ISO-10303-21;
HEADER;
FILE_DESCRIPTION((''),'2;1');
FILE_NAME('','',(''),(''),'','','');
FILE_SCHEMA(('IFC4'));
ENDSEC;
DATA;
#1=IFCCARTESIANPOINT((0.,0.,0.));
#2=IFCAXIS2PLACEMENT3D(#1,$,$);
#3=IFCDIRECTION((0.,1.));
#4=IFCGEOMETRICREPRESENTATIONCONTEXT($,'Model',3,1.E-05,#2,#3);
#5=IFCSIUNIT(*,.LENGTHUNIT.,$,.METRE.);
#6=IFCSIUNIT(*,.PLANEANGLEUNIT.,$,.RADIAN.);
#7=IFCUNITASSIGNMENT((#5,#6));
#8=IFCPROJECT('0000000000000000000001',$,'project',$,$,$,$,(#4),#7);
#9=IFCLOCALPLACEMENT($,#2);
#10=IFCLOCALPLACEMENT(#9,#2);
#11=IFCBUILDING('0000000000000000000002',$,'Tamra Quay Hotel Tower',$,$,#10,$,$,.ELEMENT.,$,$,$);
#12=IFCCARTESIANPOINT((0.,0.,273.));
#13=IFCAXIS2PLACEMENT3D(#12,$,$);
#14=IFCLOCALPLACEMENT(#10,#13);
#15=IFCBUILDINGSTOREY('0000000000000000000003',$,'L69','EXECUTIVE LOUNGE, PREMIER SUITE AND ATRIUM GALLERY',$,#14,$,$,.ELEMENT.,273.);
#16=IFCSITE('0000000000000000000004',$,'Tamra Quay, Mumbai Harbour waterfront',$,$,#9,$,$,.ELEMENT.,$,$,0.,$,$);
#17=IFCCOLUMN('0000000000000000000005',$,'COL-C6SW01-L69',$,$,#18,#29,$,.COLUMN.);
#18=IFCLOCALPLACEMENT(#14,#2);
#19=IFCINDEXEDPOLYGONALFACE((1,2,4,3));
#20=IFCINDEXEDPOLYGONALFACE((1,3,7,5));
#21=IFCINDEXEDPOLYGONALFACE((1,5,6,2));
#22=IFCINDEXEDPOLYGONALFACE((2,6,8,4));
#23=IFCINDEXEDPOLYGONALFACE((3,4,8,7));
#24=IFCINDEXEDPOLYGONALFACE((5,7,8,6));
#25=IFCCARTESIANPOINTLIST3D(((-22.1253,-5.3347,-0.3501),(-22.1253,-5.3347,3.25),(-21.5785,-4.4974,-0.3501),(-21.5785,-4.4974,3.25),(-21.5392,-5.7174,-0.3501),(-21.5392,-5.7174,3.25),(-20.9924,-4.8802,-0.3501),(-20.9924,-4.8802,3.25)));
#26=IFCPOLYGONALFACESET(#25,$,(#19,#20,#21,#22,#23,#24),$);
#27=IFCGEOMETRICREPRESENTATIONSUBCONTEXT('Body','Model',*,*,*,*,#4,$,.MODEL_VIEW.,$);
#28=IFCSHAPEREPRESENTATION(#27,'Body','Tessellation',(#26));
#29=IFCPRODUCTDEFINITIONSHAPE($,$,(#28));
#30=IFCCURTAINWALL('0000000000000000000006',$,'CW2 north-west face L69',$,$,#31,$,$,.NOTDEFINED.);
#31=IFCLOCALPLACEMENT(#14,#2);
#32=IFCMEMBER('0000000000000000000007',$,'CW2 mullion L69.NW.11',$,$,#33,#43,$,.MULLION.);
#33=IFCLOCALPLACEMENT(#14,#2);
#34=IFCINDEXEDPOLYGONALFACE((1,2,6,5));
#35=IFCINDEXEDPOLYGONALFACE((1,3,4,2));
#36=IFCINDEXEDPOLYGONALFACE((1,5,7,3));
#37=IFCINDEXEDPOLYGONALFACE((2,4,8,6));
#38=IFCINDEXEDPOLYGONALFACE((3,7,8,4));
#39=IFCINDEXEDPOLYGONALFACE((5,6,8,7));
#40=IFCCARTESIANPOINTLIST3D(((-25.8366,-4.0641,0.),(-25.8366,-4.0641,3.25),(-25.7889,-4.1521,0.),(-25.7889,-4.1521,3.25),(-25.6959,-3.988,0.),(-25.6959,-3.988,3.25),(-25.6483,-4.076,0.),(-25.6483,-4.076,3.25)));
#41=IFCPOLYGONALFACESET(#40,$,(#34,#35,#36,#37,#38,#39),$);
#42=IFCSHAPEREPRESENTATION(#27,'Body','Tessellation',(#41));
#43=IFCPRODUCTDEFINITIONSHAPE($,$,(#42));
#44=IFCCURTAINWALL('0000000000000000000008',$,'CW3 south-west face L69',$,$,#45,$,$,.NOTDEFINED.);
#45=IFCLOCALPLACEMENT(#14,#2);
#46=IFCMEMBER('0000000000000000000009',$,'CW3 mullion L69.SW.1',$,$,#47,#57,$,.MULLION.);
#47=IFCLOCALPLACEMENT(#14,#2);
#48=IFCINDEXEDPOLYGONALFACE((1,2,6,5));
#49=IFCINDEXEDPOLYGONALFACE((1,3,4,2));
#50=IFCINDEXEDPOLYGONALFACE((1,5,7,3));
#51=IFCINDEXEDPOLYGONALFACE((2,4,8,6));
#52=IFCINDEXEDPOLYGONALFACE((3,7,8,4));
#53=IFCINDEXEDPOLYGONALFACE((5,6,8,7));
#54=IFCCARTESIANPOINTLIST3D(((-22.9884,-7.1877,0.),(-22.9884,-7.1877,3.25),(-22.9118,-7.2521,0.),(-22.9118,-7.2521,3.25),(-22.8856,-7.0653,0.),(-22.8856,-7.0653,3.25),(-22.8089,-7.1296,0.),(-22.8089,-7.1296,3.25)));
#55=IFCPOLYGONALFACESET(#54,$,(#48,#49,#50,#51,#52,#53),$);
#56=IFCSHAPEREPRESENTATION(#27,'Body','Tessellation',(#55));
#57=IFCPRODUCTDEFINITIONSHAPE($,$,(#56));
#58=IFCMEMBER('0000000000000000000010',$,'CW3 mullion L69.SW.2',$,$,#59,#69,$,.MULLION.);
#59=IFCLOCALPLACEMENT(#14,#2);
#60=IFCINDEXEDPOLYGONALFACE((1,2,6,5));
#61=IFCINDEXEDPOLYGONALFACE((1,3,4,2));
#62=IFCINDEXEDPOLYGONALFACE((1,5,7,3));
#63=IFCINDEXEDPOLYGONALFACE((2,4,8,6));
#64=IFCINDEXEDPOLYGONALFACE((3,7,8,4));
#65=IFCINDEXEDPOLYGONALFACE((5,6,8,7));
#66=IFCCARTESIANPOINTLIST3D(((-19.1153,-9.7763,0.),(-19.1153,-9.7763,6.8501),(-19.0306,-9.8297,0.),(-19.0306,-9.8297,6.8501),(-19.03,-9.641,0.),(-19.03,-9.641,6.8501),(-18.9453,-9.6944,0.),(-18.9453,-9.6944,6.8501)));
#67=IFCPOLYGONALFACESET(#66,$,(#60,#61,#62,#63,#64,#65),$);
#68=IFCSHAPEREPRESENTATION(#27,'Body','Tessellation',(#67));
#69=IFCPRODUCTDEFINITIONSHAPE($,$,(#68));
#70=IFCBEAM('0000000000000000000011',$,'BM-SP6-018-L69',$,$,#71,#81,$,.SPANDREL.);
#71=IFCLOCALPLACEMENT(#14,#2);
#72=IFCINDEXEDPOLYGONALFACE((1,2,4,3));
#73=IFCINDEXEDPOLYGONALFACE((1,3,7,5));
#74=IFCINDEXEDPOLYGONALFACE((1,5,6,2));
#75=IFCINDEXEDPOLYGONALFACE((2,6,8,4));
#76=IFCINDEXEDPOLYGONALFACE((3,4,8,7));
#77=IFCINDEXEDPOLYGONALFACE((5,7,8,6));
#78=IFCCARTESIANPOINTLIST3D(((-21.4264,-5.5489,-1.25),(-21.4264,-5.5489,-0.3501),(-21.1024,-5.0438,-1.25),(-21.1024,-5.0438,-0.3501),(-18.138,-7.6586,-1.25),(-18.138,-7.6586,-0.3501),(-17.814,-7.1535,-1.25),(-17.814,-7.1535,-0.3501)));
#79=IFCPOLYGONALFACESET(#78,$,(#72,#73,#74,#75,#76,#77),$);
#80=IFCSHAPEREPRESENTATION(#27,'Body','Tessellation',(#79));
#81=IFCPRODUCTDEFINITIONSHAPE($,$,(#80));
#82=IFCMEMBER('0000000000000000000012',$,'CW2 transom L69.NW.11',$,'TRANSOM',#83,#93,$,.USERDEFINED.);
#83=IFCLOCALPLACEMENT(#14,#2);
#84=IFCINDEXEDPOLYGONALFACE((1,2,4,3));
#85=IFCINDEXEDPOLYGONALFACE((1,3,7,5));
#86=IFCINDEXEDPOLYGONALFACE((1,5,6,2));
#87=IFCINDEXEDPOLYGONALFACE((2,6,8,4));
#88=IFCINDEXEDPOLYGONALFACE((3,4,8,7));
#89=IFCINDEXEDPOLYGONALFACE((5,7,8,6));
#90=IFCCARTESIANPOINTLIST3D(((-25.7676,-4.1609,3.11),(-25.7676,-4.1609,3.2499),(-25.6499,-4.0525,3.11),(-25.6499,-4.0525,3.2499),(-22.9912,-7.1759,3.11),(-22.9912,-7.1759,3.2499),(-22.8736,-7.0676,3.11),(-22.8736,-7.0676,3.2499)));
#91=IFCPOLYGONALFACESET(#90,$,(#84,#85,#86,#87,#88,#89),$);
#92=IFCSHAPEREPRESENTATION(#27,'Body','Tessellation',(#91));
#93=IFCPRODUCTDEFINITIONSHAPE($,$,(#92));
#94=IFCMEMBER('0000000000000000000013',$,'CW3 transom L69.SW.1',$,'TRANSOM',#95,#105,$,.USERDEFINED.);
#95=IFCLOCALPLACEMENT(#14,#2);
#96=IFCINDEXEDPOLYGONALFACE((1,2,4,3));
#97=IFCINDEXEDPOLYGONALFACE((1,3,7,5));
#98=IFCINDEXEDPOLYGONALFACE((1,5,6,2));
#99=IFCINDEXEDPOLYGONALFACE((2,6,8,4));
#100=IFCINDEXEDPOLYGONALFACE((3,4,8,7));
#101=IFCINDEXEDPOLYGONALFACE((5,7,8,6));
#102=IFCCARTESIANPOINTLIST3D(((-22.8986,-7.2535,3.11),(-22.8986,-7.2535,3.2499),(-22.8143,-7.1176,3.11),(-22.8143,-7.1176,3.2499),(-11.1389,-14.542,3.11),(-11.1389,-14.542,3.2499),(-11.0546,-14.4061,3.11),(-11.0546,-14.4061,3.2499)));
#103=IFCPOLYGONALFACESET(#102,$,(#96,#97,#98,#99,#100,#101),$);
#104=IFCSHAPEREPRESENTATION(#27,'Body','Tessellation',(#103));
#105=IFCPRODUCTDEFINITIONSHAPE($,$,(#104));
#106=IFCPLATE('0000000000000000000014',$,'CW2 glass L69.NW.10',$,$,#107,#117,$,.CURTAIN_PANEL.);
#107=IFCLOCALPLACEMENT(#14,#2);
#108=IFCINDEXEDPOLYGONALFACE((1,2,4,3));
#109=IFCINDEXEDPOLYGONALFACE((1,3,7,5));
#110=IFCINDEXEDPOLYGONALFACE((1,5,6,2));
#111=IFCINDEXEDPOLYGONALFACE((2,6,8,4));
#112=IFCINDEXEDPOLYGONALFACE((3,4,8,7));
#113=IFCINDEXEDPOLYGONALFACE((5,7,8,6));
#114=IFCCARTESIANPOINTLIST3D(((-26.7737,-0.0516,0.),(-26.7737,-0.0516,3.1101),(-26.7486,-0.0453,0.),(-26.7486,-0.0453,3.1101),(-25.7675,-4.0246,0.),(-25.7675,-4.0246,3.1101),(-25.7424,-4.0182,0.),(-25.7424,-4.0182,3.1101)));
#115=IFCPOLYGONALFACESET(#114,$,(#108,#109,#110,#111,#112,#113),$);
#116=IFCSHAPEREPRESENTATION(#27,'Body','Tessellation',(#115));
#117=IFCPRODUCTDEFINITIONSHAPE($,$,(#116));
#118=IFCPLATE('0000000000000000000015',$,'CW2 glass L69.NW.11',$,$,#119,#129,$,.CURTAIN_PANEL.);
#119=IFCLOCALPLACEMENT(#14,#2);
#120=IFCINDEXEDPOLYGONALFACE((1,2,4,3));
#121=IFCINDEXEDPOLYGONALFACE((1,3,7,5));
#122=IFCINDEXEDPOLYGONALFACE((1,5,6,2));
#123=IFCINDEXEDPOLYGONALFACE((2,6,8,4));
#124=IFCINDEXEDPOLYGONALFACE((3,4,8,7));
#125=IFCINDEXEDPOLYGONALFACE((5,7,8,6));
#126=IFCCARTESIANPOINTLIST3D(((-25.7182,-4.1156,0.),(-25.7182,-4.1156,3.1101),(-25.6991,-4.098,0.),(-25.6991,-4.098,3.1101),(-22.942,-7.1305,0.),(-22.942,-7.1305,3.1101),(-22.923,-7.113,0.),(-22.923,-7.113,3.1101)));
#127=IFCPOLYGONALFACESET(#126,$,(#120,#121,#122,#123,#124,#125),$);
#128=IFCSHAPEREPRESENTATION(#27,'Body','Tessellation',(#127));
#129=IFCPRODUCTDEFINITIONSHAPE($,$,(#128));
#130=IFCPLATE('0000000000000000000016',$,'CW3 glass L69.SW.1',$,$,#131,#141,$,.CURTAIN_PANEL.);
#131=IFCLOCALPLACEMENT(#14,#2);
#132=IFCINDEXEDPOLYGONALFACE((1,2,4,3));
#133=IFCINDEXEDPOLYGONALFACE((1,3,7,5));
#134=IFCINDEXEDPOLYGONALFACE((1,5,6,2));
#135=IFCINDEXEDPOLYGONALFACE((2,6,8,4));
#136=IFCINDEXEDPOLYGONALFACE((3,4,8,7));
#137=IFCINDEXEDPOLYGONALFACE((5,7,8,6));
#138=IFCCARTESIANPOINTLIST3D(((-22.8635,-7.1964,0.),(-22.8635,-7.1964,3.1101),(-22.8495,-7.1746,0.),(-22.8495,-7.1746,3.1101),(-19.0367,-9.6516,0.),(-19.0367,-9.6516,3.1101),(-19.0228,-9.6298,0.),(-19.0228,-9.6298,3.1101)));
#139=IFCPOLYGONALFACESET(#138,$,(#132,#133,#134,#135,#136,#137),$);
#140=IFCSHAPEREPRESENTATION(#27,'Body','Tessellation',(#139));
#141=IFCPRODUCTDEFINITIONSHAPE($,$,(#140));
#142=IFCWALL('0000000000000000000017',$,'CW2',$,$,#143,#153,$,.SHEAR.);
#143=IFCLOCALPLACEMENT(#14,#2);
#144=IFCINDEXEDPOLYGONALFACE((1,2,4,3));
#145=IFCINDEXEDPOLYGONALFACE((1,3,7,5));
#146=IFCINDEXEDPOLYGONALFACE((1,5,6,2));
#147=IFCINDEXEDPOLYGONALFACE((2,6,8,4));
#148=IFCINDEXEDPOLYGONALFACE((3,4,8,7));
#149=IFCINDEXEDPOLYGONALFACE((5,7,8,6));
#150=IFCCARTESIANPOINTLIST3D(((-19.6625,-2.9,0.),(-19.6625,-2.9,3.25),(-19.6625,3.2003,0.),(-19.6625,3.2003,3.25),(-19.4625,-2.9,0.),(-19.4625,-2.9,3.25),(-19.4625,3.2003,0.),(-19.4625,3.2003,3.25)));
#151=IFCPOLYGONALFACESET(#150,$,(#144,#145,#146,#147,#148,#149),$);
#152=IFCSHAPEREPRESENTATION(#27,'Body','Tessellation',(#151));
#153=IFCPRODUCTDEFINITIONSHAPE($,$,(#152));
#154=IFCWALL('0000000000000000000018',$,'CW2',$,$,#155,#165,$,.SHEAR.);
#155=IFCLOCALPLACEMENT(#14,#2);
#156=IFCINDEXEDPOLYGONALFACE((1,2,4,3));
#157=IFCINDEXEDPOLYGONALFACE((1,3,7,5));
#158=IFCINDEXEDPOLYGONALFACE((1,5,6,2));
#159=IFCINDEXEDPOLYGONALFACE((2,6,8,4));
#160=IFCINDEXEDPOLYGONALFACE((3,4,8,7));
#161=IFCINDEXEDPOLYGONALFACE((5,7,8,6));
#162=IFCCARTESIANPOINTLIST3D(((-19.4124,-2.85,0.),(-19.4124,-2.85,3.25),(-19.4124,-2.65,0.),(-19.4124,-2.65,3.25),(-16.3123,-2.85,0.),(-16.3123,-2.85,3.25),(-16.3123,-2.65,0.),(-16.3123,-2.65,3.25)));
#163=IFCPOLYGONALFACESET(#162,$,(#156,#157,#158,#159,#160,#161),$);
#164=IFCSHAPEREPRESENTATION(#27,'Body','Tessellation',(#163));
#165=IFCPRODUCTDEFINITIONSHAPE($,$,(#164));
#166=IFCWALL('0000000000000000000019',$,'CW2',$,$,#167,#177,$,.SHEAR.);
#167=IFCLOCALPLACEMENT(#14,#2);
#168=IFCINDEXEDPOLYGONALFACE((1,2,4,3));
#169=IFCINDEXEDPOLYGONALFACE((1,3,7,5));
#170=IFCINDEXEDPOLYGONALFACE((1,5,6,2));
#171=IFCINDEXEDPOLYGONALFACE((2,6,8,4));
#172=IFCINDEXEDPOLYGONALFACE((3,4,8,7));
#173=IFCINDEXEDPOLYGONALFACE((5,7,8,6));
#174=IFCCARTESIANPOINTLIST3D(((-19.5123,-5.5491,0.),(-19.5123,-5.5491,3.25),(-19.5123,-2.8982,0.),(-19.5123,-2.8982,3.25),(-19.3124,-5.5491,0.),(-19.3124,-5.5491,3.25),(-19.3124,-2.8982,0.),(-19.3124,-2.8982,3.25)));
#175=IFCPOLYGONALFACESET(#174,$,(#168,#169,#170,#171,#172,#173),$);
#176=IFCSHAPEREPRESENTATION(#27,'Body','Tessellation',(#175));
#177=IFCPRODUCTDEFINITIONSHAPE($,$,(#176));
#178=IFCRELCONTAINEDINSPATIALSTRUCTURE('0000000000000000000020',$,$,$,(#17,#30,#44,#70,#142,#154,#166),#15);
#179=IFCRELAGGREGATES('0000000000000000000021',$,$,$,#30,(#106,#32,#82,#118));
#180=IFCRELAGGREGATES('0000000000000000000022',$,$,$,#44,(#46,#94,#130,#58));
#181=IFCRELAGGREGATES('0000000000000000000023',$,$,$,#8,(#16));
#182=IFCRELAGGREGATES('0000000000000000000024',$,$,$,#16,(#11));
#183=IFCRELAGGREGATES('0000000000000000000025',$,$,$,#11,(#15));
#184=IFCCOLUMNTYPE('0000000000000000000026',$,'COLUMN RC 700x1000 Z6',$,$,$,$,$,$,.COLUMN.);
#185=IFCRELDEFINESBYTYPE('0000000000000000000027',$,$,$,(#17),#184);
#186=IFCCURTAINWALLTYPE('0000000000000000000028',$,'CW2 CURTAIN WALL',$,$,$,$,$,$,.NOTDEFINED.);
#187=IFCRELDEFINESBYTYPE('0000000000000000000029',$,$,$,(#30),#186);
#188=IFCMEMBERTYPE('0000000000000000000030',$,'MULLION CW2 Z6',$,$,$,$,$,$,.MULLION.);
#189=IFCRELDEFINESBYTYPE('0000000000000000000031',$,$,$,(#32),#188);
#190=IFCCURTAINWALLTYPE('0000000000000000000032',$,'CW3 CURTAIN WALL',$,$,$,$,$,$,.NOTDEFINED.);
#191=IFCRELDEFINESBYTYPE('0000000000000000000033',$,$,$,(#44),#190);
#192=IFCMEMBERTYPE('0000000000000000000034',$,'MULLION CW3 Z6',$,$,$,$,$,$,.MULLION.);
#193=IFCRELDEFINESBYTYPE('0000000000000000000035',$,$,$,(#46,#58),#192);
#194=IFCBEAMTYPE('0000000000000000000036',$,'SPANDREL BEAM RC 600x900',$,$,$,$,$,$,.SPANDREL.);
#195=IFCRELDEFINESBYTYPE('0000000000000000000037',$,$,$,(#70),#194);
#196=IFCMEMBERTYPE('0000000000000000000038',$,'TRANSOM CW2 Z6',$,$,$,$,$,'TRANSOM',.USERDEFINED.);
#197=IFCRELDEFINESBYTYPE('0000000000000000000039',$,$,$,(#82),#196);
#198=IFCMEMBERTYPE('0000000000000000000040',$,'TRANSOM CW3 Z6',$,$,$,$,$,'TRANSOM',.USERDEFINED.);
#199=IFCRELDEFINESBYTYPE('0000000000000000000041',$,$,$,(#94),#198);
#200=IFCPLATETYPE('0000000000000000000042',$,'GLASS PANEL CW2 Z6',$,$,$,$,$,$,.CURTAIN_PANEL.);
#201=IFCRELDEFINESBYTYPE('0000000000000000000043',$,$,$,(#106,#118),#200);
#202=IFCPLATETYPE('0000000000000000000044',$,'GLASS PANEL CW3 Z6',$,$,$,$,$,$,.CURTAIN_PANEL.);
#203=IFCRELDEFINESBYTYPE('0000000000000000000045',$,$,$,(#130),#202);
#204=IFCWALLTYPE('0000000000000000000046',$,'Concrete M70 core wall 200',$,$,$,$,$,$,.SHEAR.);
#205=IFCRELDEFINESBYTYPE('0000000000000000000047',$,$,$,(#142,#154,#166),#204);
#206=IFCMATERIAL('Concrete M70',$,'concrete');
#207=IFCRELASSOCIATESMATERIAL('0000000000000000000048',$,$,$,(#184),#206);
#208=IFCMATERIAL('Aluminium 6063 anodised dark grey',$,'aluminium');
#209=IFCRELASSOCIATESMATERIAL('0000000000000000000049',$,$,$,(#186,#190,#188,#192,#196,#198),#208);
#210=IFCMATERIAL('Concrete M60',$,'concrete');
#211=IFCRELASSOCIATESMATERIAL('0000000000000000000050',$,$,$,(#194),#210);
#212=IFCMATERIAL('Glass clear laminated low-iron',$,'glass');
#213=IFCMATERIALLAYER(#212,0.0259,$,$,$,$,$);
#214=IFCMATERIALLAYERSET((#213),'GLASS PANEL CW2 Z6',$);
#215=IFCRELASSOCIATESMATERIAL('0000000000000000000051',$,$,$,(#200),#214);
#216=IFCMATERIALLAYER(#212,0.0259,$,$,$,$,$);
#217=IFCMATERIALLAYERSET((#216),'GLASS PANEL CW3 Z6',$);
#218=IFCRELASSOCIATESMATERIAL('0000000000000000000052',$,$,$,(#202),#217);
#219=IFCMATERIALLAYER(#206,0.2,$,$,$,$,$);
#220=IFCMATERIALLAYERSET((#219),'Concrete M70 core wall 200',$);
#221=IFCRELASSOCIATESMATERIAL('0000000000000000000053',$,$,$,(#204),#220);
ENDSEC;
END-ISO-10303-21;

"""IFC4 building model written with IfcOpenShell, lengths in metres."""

from ifc_helpers import new_model, si_unit, direction, frame, frame_2d, origin, origin_2d, place, context, subcontext, project, spatial, rectangle, extrude, material, layer, layer_set, material_profile, profile_set, type_object, element, aggregate, save


model = new_model("IFC4")

# Units and contexts
model_context = context("Model", 3, precision=1e-05, world=origin(), true_north=direction((0.0, 1.0)))
body_context = subcontext(model_context, "Body", "Model", "MODEL_VIEW")
ifc_project = project(units=[si_unit("LENGTHUNIT", "METRE"), si_unit("PLANEANGLEUNIT", "RADIAN")], contexts=[model_context])

# Site, building, storey
site_placement = place(None, origin())
site = spatial("IfcSite", under=ifc_project, at=site_placement, Name="Tamra Quay, Mumbai Harbour waterfront", CompositionType="ELEMENT", RefElevation=0.0)
building_placement = place(site_placement, origin())
building = spatial("IfcBuilding", under=site, at=building_placement, Name="Tamra Quay Hotel Tower", CompositionType="ELEMENT")
storey_placement = place(building_placement, frame((0.0, 0.0, 273.0)))
storey = spatial("IfcBuildingStorey", under=building, at=storey_placement, Name="L69", Description="EXECUTIVE LOUNGE, PREMIER SUITE AND ATRIUM GALLERY", CompositionType="ELEMENT", Elevation=273.0)

# Column
ifc_material_1 = material(Name="Concrete M70", Category="concrete")
ifc_material_profile_1 = material_profile(ifc_material_1, rectangle(XDim=1.0, YDim=0.7, at=origin_2d()), Name="COLUMN RC 700x1000 Z6")
ifc_profile_set_1 = profile_set([ifc_material_profile_1], Name="Concrete M70")
column_type = type_object("IfcColumnType", Name="COLUMN RC 700x1000 Z6", PredefinedType="COLUMN", material=ifc_profile_set_1)
column_placement = place(storey_placement, frame((-21.5588, -5.1074, -0.3501), z_axis=(0.0, 0.0, 1.0), x_axis=(0.546805, 0.83726, 0.0)))
element("IfcColumn", 1, at=column_placement, inside=storey, type_object=column_type, Name="COL-C6SW01-L69", PredefinedType="COLUMN", context=body_context, shape_type="SweptSolid", body=[
    extrude(rectangle(XDim=1.0, YDim=0.7, at=origin_2d()), origin(), (0.0, 0.0, 1.0), 3.6001),
])

# Curtain wall, member
ifc_material_2 = material(Name="Aluminium 6063 anodised dark grey", Category="aluminium")
curtain_wall_type_1 = type_object("IfcCurtainWallType", Name="CW2 CURTAIN WALL", PredefinedType="NOTDEFINED", material=ifc_material_2)
curtain_wall_1_placement = place(storey_placement, origin())
curtain_wall_1 = element("IfcCurtainWall", 2, at=curtain_wall_1_placement, inside=storey, type_object=curtain_wall_type_1, Name="CW2 north-west face L69", PredefinedType="NOTDEFINED")
ifc_material_profile_2 = material_profile(ifc_material_2, rectangle(XDim=0.1599, YDim=0.1001, at=origin_2d()), Name="MULLION 100X160")
ifc_profile_set_2 = profile_set([ifc_material_profile_2], Name="Aluminium 6063 anodised dark grey")
member_type_1 = type_object("IfcMemberType", Name="MULLION CW2 Z6", PredefinedType="MULLION", material=ifc_profile_set_2)
member_1_placement = place(storey_placement, frame((-25.7424, -4.0701, 0.0), z_axis=(0.0, 0.0, 1.0), x_axis=(-0.879433, -0.476023, 0.0)))
member_1 = element("IfcMember", 3, at=member_1_placement, type_object=member_type_1, Name="CW2 mullion L69.NW.11", PredefinedType="MULLION", context=body_context, shape_type="SweptSolid", body=[
    extrude(rectangle(XDim=0.1599, YDim=0.1001, at=origin_2d()), origin(), (0.0, 0.0, 1.0), 3.25),
])

# Curtain wall, members
curtain_wall_type_2 = type_object("IfcCurtainWallType", Name="CW3 CURTAIN WALL", PredefinedType="NOTDEFINED", material=ifc_material_2)
curtain_wall_2_placement = place(storey_placement, origin())
curtain_wall_2 = element("IfcCurtainWall", 4, at=curtain_wall_2_placement, inside=storey, type_object=curtain_wall_type_2, Name="CW3 south-west face L69", PredefinedType="NOTDEFINED")
ifc_material_profile_3 = material_profile(ifc_material_2, rectangle(XDim=0.1599, YDim=0.1001, at=origin_2d()), Name="MULLION 100X160")
ifc_profile_set_3 = profile_set([ifc_material_profile_3], Name="Aluminium 6063 anodised dark grey")
member_type_2 = type_object("IfcMemberType", Name="MULLION CW3 Z6", PredefinedType="MULLION", material=ifc_profile_set_3)
member_2_placement = place(storey_placement, frame((-22.8987, -7.1587, 0.0), z_axis=(0.0, 0.0, 1.0), x_axis=(-0.643086, -0.765794, 0.0)))
member_2 = element("IfcMember", 5, at=member_2_placement, type_object=member_type_2, Name="CW3 mullion L69.SW.1", PredefinedType="MULLION", context=body_context, shape_type="SweptSolid", body=[
    extrude(rectangle(XDim=0.1599, YDim=0.1001, at=origin_2d()), origin(), (0.0, 0.0, 1.0), 3.25),
])
member_3_placement = place(storey_placement, frame((-19.0303, -9.7354, 0.0), z_axis=(0.0, 0.0, 1.0), x_axis=(-0.533422, -0.845849, 0.0)))
member_3 = element("IfcMember", 6, at=member_3_placement, type_object=member_type_2, Name="CW3 mullion L69.SW.2", PredefinedType="MULLION", context=body_context, shape_type="SweptSolid", body=[
    extrude(rectangle(XDim=0.1599, YDim=0.1001, at=origin_2d()), origin(), (0.0, 0.0, 1.0), 6.8501),
])

# Beam
ifc_material_3 = material(Name="Concrete M60", Category="concrete")
ifc_material_profile_4 = material_profile(ifc_material_3, rectangle(XDim=0.6001, YDim=0.8999, at=origin_2d()), Name="SPANDREL BEAM RC 600x900")
ifc_profile_set_4 = profile_set([ifc_material_profile_4], Name="Concrete M60")
beam_type = type_object("IfcBeamType", Name="SPANDREL BEAM RC 600x900", PredefinedType="SPANDREL", material=ifc_profile_set_4)
beam_placement = place(storey_placement, frame((-21.2644, -5.2964, -0.8), z_axis=(0.84168, -0.539977, 0.0), x_axis=(0.539977, 0.84168, 0.0)))
element("IfcBeam", 7, at=beam_placement, inside=storey, type_object=beam_type, Name="BM-SP6-018-L69", PredefinedType="SPANDREL", context=body_context, shape_type="SweptSolid", body=[
    extrude(rectangle(XDim=0.6001, YDim=0.8999, at=origin_2d()), origin(), (0.0, 0.0, 1.0), 3.907),
])

# Members
ifc_material_profile_5 = material_profile(ifc_material_2, rectangle(XDim=0.1599, YDim=0.1399, at=origin_2d()), Name="TRANSOM 160X140")
ifc_profile_set_5 = profile_set([ifc_material_profile_5], Name="Aluminium 6063 anodised dark grey")
member_type_3 = type_object("IfcMemberType", Name="TRANSOM CW2 Z6", ElementType="TRANSOM", PredefinedType="USERDEFINED", material=ifc_profile_set_5)
member_4_placement = place(storey_placement, frame((-25.7087, -4.1067, 3.1799), z_axis=(0.677379, -0.735634, 0.0), x_axis=(0.735634, 0.677379, 0.0)))
member_4 = element("IfcMember", 8, at=member_4_placement, type_object=member_type_3, Name="CW2 transom L69.NW.11", ObjectType="TRANSOM", PredefinedType="USERDEFINED", context=body_context, shape_type="SweptSolid", body=[
    extrude(rectangle(XDim=0.1599, YDim=0.1399, at=origin_2d()), origin(), (0.0, 0.0, 1.0), 4.0986),
])
ifc_material_profile_6 = material_profile(ifc_material_2, rectangle(XDim=0.1599, YDim=0.1399, at=origin_2d()), Name="TRANSOM 160X140")
ifc_profile_set_6 = profile_set([ifc_material_profile_6], Name="Aluminium 6063 anodised dark grey")
member_type_4 = type_object("IfcMemberType", Name="TRANSOM CW3 Z6", ElementType="TRANSOM", PredefinedType="USERDEFINED", material=ifc_profile_set_6)
member_5_placement = place(storey_placement, frame((-22.8564, -7.1855, 3.1799), z_axis=(0.849983, -0.52681, 0.0), x_axis=(0.52681, 0.849983, 0.0)))
member_5 = element("IfcMember", 9, at=member_5_placement, type_object=member_type_4, Name="CW3 transom L69.SW.1", ObjectType="TRANSOM", PredefinedType="USERDEFINED", context=body_context, shape_type="SweptSolid", body=[
    extrude(rectangle(XDim=0.1599, YDim=0.1399, at=origin_2d()), origin(), (0.0, 0.0, 1.0), 13.8352),
])

# Plates
ifc_material_4 = material(Name="Glass clear laminated low-iron", Category="glass")
ifc_layer_1 = layer(ifc_material_4, 0.0259)
ifc_layer_set_1 = layer_set([ifc_layer_1], Name="GLASS PANEL CW2 Z6")
plate_type_1 = type_object("IfcPlateType", Name="GLASS PANEL CW2 Z6", PredefinedType="CURTAIN_PANEL", material=ifc_layer_set_1)
plate_1_placement = place(storey_placement, frame((-26.2581, -2.0349, 0.0), z_axis=(0.0, 0.0, 1.0), x_axis=(0.245527, -0.96939, 0.0)))
plate_1 = element("IfcPlate", 10, at=plate_1_placement, type_object=plate_type_1, Name="CW2 glass L69.NW.10", PredefinedType="CURTAIN_PANEL", context=body_context, shape_type="SweptSolid", body=[
    extrude(rectangle(XDim=4.0984, YDim=0.0259, at=origin_2d()), origin(), (0.0, 0.0, 1.0), 3.1101),
])
plate_2_placement = place(storey_placement, frame((-24.3206, -5.6143, 0.0), z_axis=(0.0, 0.0, 1.0), x_axis=(0.677376, -0.735637, 0.0)))
plate_2 = element("IfcPlate", 11, at=plate_2_placement, type_object=plate_type_1, Name="CW2 glass L69.NW.11", PredefinedType="CURTAIN_PANEL", context=body_context, shape_type="SweptSolid", body=[
    extrude(rectangle(XDim=4.0984, YDim=0.0259, at=origin_2d()), origin(), (0.0, 0.0, 1.0), 3.1101),
])
aggregate(curtain_wall_1, [plate_1, member_1, member_4, plate_2])
ifc_layer_2 = layer(ifc_material_4, 0.0259)
ifc_layer_set_2 = layer_set([ifc_layer_2], Name="GLASS PANEL CW3 Z6")
plate_type_2 = type_object("IfcPlateType", Name="GLASS PANEL CW3 Z6", PredefinedType="CURTAIN_PANEL", material=ifc_layer_set_2)
plate_3_placement = place(storey_placement, frame((-20.9431, -8.4131, 0.0), z_axis=(0.0, 0.0, 1.0), x_axis=(0.841665, -0.54, 0.0)))
plate_3 = element("IfcPlate", 12, at=plate_3_placement, type_object=plate_type_2, Name="CW3 glass L69.SW.1", PredefinedType="CURTAIN_PANEL", context=body_context, shape_type="SweptSolid", body=[
    extrude(rectangle(XDim=4.5466, YDim=0.0259, at=origin_2d()), origin(), (0.0, 0.0, 1.0), 3.1101),
])
aggregate(curtain_wall_2, [member_2, member_5, plate_3, member_3])

# Walls
ifc_layer_3 = layer(ifc_material_1, 0.2)
ifc_layer_set_3 = layer_set([ifc_layer_3], Name="Concrete M70 core wall 200")
wall_type_1 = type_object("IfcWallType", Name="Concrete M70 core wall 200", PredefinedType="SHEAR", material=ifc_layer_set_3)
wall_1_placement = place(storey_placement, frame((-19.5625, -2.9001, 0.0), z_axis=(0.0, 0.0, 1.0), x_axis=(0.0, 1.0, 0.0)))
element("IfcWall", 13, at=wall_1_placement, inside=storey, type_object=wall_type_1, Name="CW2", PredefinedType="SHEAR", context=body_context, shape_type="SweptSolid", body=[
    extrude(rectangle(XDim=6.1003, YDim=0.2, at=frame_2d((3.0503, 0.0))), origin(), (0.0, 0.0, 1.0), 3.25),
])
wall_2_placement = place(storey_placement, frame((-19.4124, -2.75, 0.0), z_axis=(0.0, 0.0, 1.0), x_axis=(1.0, 0.0, 0.0)))
element("IfcWall", 14, at=wall_2_placement, inside=storey, type_object=wall_type_1, Name="CW2", PredefinedType="SHEAR", context=body_context, shape_type="SweptSolid", body=[
    extrude(rectangle(XDim=3.1001, YDim=0.2, at=frame_2d((1.55, 0.0))), origin(), (0.0, 0.0, 1.0), 3.25),
])
wall_3_placement = place(storey_placement, frame((-19.4124, -5.5491, 0.0), z_axis=(0.0, 0.0, 1.0), x_axis=(0.0, 1.0, 0.0)))
element("IfcWall", 15, at=wall_3_placement, inside=storey, type_object=wall_type_1, Name="CW2", PredefinedType="SHEAR", context=body_context, shape_type="SweptSolid", body=[
    extrude(rectangle(XDim=2.6509, YDim=0.2, at=frame_2d((1.3254, 0.0))), origin(), (0.0, 0.0, 1.0), 3.25),
])

save(model, "model.ifc")
